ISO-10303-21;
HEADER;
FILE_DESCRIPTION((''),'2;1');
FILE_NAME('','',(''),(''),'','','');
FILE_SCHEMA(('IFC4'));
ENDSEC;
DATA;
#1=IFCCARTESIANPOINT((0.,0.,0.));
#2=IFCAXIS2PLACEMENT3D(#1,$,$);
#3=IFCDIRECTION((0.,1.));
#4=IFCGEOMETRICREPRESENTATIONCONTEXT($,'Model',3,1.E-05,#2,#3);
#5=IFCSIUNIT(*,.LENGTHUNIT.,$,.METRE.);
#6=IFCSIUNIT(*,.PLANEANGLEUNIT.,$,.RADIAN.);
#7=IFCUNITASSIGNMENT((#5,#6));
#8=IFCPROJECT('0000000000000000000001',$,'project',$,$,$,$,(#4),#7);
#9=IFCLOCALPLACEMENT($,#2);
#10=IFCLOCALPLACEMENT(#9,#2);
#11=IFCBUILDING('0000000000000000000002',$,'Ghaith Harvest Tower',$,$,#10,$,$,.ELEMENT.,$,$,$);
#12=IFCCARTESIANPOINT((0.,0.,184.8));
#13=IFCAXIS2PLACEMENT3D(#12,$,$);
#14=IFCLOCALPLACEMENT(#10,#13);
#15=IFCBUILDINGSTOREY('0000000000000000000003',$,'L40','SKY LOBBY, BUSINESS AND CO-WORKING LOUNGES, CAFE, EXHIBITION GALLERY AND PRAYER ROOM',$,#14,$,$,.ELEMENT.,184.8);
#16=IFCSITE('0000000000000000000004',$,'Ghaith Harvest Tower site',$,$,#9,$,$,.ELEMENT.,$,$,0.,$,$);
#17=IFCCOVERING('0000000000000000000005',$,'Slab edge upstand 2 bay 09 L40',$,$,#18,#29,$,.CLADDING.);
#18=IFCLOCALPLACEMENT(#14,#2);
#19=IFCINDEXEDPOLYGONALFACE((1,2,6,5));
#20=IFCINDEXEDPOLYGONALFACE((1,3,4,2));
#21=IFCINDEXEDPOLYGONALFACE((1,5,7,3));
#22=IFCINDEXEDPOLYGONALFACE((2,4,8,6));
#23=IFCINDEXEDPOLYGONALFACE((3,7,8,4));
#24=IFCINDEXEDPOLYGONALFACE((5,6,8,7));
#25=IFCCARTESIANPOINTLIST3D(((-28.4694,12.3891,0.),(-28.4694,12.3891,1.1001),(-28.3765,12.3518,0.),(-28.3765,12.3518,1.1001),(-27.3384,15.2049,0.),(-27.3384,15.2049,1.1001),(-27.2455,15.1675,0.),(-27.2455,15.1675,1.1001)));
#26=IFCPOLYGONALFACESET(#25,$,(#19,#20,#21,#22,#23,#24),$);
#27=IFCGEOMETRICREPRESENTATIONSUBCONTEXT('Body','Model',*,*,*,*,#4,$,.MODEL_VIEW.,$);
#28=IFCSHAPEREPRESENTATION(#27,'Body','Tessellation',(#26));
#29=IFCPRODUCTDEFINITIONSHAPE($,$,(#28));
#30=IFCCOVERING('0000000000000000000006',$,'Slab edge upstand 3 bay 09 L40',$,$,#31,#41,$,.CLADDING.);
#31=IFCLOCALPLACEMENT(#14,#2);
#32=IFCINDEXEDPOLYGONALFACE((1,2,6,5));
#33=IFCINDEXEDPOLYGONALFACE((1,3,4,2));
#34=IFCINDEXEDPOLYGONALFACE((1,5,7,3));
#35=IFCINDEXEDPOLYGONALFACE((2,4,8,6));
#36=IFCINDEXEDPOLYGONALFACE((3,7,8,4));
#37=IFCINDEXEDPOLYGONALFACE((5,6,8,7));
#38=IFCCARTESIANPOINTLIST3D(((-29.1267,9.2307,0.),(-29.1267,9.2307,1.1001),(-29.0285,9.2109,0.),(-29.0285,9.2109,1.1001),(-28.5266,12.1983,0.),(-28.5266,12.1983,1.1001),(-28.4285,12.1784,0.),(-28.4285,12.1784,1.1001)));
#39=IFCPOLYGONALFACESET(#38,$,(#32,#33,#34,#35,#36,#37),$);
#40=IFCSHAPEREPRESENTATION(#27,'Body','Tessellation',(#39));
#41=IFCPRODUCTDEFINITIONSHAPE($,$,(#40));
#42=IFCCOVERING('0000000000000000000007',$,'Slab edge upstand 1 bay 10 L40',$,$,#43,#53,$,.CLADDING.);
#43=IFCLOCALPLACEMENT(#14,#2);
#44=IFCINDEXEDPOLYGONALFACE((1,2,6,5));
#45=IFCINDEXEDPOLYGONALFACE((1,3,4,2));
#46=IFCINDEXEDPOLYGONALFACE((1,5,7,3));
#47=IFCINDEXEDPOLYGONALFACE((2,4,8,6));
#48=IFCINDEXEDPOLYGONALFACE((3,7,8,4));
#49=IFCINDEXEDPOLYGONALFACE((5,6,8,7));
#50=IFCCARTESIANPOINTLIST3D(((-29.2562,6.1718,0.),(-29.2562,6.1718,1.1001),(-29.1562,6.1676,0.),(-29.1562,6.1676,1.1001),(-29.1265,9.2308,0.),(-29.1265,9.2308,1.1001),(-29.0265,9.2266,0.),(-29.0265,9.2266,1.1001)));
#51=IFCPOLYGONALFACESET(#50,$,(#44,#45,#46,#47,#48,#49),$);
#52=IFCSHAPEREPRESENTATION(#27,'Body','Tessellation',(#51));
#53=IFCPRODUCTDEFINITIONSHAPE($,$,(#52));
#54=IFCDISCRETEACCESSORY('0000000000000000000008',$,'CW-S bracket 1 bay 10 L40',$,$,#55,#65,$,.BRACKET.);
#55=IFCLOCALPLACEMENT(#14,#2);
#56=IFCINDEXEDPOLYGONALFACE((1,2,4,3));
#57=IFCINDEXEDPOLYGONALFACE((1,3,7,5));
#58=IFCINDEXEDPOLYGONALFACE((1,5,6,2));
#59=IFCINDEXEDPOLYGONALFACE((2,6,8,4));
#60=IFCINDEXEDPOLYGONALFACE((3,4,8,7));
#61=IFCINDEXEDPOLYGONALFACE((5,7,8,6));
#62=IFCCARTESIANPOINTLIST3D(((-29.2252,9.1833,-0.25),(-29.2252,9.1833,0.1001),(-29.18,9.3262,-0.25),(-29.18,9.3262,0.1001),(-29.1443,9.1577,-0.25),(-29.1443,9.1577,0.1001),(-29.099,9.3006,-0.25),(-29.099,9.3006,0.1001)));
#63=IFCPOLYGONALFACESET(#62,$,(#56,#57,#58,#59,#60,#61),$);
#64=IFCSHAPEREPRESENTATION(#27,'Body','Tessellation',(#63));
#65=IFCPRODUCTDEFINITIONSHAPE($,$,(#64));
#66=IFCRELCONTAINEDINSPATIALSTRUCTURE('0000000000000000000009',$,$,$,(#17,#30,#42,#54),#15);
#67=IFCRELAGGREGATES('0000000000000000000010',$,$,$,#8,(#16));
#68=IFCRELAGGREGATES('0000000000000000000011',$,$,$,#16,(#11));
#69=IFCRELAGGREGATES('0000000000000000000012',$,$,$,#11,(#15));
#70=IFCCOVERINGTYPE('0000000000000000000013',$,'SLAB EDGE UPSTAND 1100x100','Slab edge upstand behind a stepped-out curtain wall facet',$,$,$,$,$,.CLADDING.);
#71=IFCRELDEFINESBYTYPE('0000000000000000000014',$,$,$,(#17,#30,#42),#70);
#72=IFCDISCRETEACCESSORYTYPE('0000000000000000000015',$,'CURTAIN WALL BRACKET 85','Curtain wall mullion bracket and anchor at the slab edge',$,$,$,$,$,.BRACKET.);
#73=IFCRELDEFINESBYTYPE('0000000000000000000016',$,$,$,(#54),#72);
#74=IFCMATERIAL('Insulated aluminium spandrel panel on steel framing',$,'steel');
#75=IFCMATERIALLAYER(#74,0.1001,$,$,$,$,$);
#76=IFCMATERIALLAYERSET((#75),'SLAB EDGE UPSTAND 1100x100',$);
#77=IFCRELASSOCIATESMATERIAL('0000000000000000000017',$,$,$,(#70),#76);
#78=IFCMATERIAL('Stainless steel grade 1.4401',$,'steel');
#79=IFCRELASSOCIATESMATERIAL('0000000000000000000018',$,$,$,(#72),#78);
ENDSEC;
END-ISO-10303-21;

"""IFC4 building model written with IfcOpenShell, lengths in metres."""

from ifc_helpers import new_model, si_unit, direction, frame, origin, origin_2d, place, context, subcontext, project, spatial, rectangle, extrude, material, layer, layer_set, type_object, element, save


model = new_model("IFC4")

# Units and contexts
model_context = context("Model", 3, precision=1e-05, world=origin(), true_north=direction((0.0, 1.0)))
body_context = subcontext(model_context, "Body", "Model", "MODEL_VIEW")
ifc_project = project(units=[si_unit("LENGTHUNIT", "METRE"), si_unit("PLANEANGLEUNIT", "RADIAN")], contexts=[model_context])

# Site, building, storey
site_placement = place(None, origin())
site = spatial("IfcSite", under=ifc_project, at=site_placement, Name="Ghaith Harvest Tower site", CompositionType="ELEMENT", RefElevation=0.0)
building_placement = place(site_placement, origin())
building = spatial("IfcBuilding", under=site, at=building_placement, Name="Ghaith Harvest Tower", CompositionType="ELEMENT")
storey_placement = place(building_placement, frame((0.0, 0.0, 184.8)))
storey = spatial("IfcBuildingStorey", under=building, at=storey_placement, Name="L40", Description="SKY LOBBY, BUSINESS AND CO-WORKING LOUNGES, CAFE, EXHIBITION GALLERY AND PRAYER ROOM", CompositionType="ELEMENT", Elevation=184.8)

# Coverings
ifc_material_1 = material(Name="Insulated aluminium spandrel panel on steel framing", Category="steel")
ifc_layer_1 = layer(ifc_material_1, 0.1001)
ifc_layer_set_1 = layer_set([ifc_layer_1], Name="SLAB EDGE UPSTAND 1100x100")
covering_type = type_object("IfcCoveringType", Name="SLAB EDGE UPSTAND 1100x100", Description="Slab edge upstand behind a stepped-out curtain wall facet", PredefinedType="CLADDING", material=ifc_layer_set_1)
covering_1_placement = place(storey_placement, frame((-27.8574, 13.7783, 0.0), z_axis=(0.0, 0.0, 1.0), x_axis=(-0.372732, -0.927939, 0.0)))
element("IfcCovering", 1, at=covering_1_placement, inside=storey, type_object=covering_type, Name="Slab edge upstand 2 bay 09 L40", PredefinedType="CLADDING", context=body_context, shape_type="SweptSolid", body=[
    extrude(rectangle(XDim=3.0344, YDim=0.1001, at=origin_2d()), origin(), (0.0, 0.0, 1.0), 1.1001),
])
covering_2_placement = place(storey_placement, frame((-28.7776, 10.7046, 0.0), z_axis=(0.0, 0.0, 1.0), x_axis=(-0.198183, -0.980165, 0.0)))
element("IfcCovering", 2, at=covering_2_placement, inside=storey, type_object=covering_type, Name="Slab edge upstand 3 bay 09 L40", PredefinedType="CLADDING", context=body_context, shape_type="SweptSolid", body=[
    extrude(rectangle(XDim=3.0276, YDim=0.1001, at=origin_2d()), origin(), (0.0, 0.0, 1.0), 1.1001),
])
covering_3_placement = place(storey_placement, frame((-29.1414, 7.6992, 0.0), z_axis=(0.0, 0.0, 1.0), x_axis=(-0.042373, -0.999102, 0.0)))
element("IfcCovering", 3, at=covering_3_placement, inside=storey, type_object=covering_type, Name="Slab edge upstand 1 bay 10 L40", PredefinedType="CLADDING", context=body_context, shape_type="SweptSolid", body=[
    extrude(rectangle(XDim=3.0618, YDim=0.1001, at=origin_2d()), origin(), (0.0, 0.0, 1.0), 1.1001),
])

# Discrete accessory
ifc_material_2 = material(Name="Stainless steel grade 1.4401", Category="steel")
discrete_accessory_type = type_object("IfcDiscreteAccessoryType", Name="CURTAIN WALL BRACKET 85", Description="Curtain wall mullion bracket and anchor at the slab edge", PredefinedType="BRACKET", material=ifc_material_2)
discrete_accessory_placement = place(storey_placement, frame((-29.1621, 9.2419, -0.25), z_axis=(0.0, 0.0, 1.0), x_axis=(-0.953273, 0.30211, 0.0)))
element("IfcDiscreteAccessory", 4, at=discrete_accessory_placement, inside=storey, type_object=discrete_accessory_type, Name="CW-S bracket 1 bay 10 L40", PredefinedType="BRACKET", context=body_context, shape_type="SweptSolid", body=[
    extrude(rectangle(XDim=0.085, YDim=0.1499, at=origin_2d()), origin(), (0.0, 0.0, 1.0), 0.3501),
])

save(model, "model.ifc")
